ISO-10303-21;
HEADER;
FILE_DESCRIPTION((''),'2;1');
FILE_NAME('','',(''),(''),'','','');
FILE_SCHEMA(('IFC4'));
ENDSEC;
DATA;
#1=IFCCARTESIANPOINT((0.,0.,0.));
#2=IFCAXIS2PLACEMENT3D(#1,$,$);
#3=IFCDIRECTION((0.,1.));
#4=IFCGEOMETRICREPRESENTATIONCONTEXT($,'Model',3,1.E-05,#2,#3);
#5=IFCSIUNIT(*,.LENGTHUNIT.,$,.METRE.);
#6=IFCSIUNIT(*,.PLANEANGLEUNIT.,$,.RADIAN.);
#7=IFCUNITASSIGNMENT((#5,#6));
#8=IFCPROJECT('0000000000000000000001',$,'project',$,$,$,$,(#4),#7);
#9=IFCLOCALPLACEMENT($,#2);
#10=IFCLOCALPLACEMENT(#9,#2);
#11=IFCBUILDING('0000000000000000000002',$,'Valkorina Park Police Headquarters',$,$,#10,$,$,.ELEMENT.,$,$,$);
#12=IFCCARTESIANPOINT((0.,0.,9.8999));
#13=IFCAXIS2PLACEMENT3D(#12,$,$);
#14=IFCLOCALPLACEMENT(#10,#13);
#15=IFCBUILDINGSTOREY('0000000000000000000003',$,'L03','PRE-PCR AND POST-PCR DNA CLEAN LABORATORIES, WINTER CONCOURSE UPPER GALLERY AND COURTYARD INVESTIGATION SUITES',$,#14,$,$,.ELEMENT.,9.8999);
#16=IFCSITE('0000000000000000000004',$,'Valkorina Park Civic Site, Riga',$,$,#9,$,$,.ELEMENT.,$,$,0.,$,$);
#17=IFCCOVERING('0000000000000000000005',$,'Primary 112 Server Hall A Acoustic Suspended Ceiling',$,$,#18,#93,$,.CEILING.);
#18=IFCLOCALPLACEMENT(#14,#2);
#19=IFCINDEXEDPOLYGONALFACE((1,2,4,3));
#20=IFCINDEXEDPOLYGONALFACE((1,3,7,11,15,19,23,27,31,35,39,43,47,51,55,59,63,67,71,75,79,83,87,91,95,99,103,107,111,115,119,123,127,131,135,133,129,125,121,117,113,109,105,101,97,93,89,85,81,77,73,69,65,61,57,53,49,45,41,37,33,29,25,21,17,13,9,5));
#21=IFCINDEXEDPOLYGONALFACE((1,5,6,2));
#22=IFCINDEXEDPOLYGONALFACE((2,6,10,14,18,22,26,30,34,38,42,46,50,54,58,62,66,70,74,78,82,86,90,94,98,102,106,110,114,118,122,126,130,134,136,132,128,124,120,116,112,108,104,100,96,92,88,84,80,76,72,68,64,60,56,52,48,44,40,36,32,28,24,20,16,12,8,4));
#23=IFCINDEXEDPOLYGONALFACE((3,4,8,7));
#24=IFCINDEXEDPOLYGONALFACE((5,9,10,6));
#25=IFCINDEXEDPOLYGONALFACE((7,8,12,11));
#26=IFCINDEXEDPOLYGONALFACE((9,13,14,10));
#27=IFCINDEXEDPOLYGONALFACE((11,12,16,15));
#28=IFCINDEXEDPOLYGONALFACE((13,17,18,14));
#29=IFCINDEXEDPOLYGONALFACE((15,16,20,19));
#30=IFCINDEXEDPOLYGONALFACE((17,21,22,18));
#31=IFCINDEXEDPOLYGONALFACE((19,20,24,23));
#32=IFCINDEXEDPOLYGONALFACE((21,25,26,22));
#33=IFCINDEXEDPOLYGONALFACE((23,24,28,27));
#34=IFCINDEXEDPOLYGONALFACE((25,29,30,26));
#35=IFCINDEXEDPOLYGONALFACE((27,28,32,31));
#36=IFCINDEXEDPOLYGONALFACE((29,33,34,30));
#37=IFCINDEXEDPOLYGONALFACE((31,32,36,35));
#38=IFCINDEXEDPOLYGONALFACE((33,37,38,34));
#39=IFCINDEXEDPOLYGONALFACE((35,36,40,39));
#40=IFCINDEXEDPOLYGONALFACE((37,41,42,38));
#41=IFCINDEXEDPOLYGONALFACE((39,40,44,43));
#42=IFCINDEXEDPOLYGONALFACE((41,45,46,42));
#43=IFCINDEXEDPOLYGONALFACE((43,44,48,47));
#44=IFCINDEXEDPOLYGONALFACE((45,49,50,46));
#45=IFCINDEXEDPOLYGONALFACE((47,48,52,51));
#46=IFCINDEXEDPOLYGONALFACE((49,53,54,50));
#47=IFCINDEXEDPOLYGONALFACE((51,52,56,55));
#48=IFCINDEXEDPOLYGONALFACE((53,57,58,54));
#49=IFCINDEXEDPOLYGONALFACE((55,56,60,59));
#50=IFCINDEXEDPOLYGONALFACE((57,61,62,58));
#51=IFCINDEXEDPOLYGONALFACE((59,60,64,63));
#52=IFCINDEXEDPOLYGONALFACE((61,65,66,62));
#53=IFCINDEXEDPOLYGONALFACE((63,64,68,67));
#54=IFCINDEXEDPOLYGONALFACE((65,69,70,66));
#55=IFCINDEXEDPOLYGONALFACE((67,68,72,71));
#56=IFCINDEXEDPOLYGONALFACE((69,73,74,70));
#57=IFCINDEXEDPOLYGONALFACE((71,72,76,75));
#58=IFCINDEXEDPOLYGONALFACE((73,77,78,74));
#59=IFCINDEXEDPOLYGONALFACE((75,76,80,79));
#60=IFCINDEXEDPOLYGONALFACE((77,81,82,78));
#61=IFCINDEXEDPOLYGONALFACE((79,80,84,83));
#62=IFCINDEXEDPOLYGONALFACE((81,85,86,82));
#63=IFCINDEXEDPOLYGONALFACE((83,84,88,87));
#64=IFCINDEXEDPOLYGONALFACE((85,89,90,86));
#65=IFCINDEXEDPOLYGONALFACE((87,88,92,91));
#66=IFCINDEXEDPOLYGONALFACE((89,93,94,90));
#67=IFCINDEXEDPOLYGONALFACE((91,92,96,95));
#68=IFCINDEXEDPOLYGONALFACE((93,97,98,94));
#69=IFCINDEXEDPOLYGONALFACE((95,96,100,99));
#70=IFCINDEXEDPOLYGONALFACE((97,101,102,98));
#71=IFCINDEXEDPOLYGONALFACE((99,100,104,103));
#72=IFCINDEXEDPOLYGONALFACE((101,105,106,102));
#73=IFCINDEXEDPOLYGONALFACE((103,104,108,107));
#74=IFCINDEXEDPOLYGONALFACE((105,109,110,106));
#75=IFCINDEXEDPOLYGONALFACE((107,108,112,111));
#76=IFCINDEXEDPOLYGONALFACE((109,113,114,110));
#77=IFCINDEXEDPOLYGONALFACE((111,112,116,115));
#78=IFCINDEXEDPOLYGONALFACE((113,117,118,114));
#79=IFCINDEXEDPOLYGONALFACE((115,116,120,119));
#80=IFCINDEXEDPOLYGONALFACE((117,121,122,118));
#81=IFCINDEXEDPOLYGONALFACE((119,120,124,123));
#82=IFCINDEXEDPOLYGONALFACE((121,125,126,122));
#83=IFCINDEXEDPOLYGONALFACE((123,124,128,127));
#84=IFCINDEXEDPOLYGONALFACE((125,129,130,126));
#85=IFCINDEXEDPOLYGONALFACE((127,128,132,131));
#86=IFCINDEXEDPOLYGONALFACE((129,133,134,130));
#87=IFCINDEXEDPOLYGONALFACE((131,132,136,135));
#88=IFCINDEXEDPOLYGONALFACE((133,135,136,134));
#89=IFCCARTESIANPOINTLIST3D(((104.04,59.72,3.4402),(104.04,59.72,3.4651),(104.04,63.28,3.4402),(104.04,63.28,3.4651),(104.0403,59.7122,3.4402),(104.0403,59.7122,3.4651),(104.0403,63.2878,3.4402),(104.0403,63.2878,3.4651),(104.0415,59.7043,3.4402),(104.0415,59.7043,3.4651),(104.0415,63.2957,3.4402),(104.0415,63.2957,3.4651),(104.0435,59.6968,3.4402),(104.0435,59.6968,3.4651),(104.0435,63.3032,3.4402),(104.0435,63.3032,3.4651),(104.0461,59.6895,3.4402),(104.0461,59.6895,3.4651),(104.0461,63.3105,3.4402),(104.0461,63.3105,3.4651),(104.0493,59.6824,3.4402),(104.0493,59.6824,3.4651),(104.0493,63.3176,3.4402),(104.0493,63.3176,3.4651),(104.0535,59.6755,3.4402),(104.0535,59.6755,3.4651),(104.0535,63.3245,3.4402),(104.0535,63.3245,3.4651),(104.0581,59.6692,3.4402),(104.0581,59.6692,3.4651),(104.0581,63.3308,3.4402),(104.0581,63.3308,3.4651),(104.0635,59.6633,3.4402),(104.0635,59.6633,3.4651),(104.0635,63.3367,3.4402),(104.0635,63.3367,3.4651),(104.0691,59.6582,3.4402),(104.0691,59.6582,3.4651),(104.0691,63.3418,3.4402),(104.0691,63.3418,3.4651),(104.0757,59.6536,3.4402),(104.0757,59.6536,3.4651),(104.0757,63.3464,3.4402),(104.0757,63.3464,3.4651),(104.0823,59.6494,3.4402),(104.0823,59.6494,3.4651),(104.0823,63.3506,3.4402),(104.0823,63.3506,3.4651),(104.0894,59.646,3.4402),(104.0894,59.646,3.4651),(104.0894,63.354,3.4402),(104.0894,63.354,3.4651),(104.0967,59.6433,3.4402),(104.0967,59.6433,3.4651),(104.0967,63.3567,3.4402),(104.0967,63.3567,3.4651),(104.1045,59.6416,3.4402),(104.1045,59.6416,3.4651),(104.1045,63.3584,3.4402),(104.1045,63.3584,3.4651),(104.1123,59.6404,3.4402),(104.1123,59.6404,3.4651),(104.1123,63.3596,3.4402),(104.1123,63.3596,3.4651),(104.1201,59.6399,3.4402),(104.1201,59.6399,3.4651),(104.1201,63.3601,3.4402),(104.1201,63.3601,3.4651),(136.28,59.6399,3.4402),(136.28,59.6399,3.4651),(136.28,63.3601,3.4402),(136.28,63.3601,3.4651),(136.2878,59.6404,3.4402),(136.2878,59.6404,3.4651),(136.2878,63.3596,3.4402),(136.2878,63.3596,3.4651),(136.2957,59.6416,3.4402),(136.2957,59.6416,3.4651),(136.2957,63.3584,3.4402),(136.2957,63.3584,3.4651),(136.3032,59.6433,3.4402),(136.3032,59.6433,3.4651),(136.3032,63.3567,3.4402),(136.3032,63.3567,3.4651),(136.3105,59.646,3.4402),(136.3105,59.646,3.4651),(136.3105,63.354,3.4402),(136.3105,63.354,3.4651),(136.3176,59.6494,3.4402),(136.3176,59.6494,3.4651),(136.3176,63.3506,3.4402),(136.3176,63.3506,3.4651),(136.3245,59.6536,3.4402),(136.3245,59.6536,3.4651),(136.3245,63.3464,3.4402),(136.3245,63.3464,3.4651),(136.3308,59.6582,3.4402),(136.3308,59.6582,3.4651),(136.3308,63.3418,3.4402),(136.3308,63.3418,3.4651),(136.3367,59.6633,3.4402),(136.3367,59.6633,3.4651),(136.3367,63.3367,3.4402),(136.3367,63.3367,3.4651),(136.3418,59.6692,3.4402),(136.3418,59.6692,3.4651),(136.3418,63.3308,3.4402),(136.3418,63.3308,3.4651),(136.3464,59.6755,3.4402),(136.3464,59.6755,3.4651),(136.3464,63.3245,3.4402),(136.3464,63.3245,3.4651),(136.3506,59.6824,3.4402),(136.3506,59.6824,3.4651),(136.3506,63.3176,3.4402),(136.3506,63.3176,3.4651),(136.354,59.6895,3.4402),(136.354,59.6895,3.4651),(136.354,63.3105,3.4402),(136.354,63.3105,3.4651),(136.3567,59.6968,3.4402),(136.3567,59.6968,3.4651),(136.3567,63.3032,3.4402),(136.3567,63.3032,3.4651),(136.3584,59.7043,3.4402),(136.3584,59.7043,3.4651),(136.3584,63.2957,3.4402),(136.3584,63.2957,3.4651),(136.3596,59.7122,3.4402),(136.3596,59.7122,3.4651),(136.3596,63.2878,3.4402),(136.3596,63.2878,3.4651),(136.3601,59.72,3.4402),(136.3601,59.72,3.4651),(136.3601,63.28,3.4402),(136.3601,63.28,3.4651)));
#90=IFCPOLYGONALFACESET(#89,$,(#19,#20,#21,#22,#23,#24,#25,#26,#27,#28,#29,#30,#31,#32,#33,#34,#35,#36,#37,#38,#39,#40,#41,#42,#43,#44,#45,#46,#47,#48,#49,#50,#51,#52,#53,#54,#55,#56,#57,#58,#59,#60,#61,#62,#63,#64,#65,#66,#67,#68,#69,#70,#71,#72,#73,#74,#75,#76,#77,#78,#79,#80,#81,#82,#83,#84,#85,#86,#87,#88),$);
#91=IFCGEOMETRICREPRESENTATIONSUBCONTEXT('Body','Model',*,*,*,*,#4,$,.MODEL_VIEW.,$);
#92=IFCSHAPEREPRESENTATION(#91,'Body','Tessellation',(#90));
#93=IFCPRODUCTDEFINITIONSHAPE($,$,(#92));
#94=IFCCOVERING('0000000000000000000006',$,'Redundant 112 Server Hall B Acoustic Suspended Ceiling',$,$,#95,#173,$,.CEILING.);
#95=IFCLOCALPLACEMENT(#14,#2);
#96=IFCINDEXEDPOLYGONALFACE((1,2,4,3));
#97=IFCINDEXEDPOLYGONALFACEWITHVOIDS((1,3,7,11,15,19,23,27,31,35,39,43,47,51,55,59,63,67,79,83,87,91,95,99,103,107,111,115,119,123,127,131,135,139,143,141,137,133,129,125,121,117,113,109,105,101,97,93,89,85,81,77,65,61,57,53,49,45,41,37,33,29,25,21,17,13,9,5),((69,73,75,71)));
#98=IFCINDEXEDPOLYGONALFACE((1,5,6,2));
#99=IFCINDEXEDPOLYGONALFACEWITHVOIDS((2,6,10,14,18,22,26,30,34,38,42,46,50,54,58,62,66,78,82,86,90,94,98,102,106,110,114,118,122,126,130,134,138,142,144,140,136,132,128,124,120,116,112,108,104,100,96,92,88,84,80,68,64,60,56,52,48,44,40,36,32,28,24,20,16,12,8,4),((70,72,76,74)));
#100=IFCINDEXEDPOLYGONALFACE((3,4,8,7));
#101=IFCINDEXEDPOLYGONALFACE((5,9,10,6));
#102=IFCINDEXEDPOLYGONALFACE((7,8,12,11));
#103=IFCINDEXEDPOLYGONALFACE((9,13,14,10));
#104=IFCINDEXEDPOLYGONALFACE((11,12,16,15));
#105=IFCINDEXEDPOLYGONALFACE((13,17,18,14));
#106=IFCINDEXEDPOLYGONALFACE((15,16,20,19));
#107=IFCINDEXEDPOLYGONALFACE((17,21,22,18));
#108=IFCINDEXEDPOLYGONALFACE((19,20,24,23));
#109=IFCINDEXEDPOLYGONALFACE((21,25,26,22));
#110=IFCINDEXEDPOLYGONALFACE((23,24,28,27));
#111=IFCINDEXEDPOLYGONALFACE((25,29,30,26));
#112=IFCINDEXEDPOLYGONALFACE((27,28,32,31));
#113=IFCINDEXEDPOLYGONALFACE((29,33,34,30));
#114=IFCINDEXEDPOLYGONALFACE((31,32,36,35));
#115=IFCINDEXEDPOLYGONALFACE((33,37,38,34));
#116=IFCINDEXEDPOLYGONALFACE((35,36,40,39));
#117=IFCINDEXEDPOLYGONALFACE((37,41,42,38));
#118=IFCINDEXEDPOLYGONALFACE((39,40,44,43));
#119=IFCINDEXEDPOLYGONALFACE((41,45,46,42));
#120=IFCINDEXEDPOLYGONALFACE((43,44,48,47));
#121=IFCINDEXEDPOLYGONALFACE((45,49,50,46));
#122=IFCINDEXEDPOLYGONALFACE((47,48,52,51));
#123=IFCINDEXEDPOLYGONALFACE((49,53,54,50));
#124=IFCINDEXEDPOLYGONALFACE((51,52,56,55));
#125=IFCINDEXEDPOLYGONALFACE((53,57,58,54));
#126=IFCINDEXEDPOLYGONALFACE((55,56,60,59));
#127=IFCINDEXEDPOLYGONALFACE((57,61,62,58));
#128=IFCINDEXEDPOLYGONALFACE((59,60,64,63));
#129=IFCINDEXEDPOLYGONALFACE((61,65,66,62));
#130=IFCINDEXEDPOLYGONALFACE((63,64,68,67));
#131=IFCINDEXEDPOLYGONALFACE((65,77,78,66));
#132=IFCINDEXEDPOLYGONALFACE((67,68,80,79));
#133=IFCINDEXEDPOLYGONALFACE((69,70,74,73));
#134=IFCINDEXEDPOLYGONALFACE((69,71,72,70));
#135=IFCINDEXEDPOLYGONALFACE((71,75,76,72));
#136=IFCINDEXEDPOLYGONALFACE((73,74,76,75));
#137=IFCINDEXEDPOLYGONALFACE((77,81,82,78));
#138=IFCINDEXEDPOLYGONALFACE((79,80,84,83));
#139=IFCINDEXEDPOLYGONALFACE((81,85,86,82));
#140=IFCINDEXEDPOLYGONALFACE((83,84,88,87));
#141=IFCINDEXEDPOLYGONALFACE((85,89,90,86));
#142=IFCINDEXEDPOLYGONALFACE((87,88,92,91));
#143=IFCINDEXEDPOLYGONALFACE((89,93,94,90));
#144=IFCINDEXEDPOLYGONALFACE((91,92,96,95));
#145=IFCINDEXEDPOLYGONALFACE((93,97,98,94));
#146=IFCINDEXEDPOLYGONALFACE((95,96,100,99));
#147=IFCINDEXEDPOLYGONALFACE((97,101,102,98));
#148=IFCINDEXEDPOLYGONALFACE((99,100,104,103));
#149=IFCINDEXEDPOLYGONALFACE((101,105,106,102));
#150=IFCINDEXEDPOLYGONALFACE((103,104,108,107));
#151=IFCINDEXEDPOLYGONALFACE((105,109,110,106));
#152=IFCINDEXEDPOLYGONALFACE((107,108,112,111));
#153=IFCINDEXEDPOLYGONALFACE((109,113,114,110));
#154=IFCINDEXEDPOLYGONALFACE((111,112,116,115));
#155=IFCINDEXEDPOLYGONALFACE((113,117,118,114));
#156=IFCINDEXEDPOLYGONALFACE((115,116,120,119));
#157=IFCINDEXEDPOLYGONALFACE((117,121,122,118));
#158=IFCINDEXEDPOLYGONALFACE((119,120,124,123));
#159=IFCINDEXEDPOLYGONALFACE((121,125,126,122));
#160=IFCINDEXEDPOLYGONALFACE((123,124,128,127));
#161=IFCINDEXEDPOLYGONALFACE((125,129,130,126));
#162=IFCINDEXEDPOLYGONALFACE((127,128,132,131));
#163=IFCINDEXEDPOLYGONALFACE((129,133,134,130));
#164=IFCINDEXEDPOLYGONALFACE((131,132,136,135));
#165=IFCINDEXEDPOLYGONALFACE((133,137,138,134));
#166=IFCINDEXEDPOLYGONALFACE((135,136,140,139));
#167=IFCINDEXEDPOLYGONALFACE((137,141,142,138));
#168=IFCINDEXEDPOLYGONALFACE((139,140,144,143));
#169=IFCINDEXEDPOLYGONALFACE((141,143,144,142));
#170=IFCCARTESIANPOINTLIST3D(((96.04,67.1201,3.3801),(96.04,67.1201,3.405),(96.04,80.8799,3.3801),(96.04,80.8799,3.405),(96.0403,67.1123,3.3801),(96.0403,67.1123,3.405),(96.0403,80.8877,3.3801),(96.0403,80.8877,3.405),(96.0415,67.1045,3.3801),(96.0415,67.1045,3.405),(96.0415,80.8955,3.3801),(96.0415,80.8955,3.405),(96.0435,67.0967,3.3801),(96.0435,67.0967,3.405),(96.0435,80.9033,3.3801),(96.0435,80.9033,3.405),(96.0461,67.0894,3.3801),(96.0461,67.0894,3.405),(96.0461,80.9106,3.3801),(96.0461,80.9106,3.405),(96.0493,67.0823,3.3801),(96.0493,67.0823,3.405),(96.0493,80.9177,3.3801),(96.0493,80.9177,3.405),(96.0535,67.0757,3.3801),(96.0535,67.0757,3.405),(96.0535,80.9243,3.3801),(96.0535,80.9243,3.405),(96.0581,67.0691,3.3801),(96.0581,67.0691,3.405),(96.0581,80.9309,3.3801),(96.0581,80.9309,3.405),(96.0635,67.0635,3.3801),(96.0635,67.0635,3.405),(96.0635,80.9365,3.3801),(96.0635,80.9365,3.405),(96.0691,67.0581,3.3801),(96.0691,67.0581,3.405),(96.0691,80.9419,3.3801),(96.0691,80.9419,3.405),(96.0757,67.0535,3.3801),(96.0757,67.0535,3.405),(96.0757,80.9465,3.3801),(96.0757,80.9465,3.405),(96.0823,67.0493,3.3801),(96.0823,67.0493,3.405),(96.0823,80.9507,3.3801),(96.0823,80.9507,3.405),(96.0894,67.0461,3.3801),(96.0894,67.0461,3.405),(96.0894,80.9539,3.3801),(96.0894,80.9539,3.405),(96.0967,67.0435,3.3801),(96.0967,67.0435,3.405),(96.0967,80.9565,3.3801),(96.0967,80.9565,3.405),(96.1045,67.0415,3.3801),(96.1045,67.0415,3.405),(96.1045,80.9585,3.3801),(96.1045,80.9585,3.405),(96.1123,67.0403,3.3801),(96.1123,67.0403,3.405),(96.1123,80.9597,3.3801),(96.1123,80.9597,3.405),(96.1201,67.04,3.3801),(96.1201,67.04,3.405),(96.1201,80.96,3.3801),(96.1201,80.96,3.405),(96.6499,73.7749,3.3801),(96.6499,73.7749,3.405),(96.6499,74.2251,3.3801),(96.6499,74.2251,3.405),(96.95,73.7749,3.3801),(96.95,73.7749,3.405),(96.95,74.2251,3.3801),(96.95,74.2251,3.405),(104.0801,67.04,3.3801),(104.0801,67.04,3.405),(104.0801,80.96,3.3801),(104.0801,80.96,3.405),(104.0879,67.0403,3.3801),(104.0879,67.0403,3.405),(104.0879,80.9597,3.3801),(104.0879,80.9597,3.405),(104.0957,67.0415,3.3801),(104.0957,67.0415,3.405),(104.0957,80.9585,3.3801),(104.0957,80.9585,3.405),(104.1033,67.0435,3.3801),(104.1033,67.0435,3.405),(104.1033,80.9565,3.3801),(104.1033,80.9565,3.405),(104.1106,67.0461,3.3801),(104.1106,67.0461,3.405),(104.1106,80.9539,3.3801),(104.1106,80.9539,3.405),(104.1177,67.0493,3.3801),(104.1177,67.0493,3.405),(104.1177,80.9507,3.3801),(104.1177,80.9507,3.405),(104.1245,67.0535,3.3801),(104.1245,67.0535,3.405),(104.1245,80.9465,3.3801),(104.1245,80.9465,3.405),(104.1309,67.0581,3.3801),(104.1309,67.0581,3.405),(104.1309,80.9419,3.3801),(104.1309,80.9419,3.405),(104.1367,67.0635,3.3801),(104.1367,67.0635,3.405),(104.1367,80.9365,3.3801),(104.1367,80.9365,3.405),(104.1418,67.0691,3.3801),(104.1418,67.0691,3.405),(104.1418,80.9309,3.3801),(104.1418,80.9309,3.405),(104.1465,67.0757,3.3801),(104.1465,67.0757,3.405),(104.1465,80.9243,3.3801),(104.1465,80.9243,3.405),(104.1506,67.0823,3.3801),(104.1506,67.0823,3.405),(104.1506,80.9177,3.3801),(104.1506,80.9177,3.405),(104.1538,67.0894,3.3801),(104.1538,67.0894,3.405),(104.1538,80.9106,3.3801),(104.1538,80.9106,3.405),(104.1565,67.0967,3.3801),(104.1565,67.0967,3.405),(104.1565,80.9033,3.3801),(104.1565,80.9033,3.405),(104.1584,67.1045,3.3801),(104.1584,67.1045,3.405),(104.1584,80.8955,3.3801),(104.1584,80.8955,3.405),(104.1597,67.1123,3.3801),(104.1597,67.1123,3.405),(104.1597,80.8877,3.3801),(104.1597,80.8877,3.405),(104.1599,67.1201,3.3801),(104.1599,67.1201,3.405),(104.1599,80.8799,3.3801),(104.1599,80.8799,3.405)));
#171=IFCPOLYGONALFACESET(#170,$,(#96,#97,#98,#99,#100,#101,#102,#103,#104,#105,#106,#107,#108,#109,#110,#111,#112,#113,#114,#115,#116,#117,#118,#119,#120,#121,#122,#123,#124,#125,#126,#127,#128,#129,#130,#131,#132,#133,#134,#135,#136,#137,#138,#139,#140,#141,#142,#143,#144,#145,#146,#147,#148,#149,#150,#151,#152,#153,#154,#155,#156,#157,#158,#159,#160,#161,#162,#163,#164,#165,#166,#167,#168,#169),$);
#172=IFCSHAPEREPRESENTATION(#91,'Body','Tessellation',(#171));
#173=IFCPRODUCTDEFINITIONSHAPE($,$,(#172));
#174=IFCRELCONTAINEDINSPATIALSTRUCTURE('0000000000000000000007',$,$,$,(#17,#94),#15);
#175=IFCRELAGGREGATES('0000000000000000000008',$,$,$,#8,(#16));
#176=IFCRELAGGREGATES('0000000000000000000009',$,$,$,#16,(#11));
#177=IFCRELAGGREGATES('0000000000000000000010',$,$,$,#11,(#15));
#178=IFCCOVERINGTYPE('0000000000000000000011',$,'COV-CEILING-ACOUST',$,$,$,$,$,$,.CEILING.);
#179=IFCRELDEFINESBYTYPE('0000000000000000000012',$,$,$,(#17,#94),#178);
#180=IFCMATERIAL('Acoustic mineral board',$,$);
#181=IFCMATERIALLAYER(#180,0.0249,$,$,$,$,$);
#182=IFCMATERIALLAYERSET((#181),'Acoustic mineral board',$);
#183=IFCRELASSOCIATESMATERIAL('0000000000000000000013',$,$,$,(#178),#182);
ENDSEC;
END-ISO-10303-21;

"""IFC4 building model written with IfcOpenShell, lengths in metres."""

from ifc_helpers import new_model, si_unit, direction, frame, origin, place, context, subcontext, project, spatial, polyline, outline, extrude, material, layer, layer_set, type_object, element, save


model = new_model("IFC4")

# Units and contexts
model_context = context("Model", 3, precision=1e-05, world=origin(), true_north=direction((0.0, 1.0)))
body_context = subcontext(model_context, "Body", "Model", "MODEL_VIEW")
ifc_project = project(units=[si_unit("LENGTHUNIT", "METRE"), si_unit("PLANEANGLEUNIT", "RADIAN")], contexts=[model_context])

# Site, building, storey
site_placement = place(None, origin())
site = spatial("IfcSite", under=ifc_project, at=site_placement, Name="Valkorina Park Civic Site, Riga", CompositionType="ELEMENT", RefElevation=0.0)
building_placement = place(site_placement, origin())
building = spatial("IfcBuilding", under=site, at=building_placement, Name="Valkorina Park Police Headquarters", CompositionType="ELEMENT")
storey_placement = place(building_placement, frame((0.0, 0.0, 9.8999)))
storey = spatial("IfcBuildingStorey", under=building, at=storey_placement, Name="L03", Description="PRE-PCR AND POST-PCR DNA CLEAN LABORATORIES, WINTER CONCOURSE UPPER GALLERY AND COURTYARD INVESTIGATION SUITES", CompositionType="ELEMENT", Elevation=9.8999)

# Coverings
ifc_material_1 = material(Name="Acoustic mineral board")
ifc_layer_1 = layer(ifc_material_1, 0.0249)
ifc_layer_set_1 = layer_set([ifc_layer_1], Name="Acoustic mineral board")
covering_type_1 = type_object("IfcCoveringType", Name="COV-CEILING-ACOUST", PredefinedType="CEILING", material=ifc_layer_set_1)
covering_1_placement = place(storey_placement, frame((0.0, 0.0, 3.4402)))
element("IfcCovering", 1, at=covering_1_placement, inside=storey, type_object=covering_type_1, Name="Primary 112 Server Hall A Acoustic Suspended Ceiling", PredefinedType="CEILING", context=body_context, shape_type="SweptSolid", body=[
    extrude(outline(polyline([(136.3584, 59.7043), (136.3596, 59.7122), (136.3601, 59.72), (136.3601, 63.28), (136.3596, 63.2878), (136.3584, 63.2957), (136.3567, 63.3032), (136.354, 63.3105), (136.3506, 63.3176), (136.3464, 63.3245), (136.3418, 63.3308), (136.3367, 63.3367), (136.3308, 63.3418), (136.3245, 63.3464), (136.3176, 63.3506), (136.3105, 63.354), (136.3032, 63.3567), (136.2957, 63.3584), (136.2878, 63.3596), (136.28, 63.3601), (104.1201, 63.3601), (104.1123, 63.3596), (104.1045, 63.3584), (104.0967, 63.3567), (104.0894, 63.354), (104.0823, 63.3506), (104.0757, 63.3464), (104.0691, 63.3418), (104.0635, 63.3367), (104.0581, 63.3308), (104.0535, 63.3245), (104.0493, 63.3176), (104.0461, 63.3105), (104.0435, 63.3032), (104.0415, 63.2957), (104.0403, 63.2878), (104.04, 63.28), (104.04, 59.72), (104.0403, 59.7122), (104.0415, 59.7043), (104.0435, 59.6968), (104.0461, 59.6895), (104.0493, 59.6824), (104.0535, 59.6755), (104.0581, 59.6692), (104.0635, 59.6633), (104.0691, 59.6582), (104.0757, 59.6536), (104.0823, 59.6494), (104.0894, 59.646), (104.0967, 59.6433), (104.1045, 59.6416), (104.1123, 59.6404), (104.1201, 59.6399), (136.28, 59.6399), (136.2878, 59.6404), (136.2957, 59.6416), (136.3032, 59.6433), (136.3105, 59.646), (136.3176, 59.6494), (136.3245, 59.6536), (136.3308, 59.6582), (136.3367, 59.6633), (136.3418, 59.6692), (136.3464, 59.6755), (136.3506, 59.6824), (136.354, 59.6895), (136.3567, 59.6968), (136.3584, 59.7043)])), origin(), (0.0, 0.0, 1.0), 0.0249),
])
covering_2_placement = place(storey_placement, frame((0.0, 0.0, 3.3801)))
element("IfcCovering", 2, at=covering_2_placement, inside=storey, type_object=covering_type_1, Name="Redundant 112 Server Hall B Acoustic Suspended Ceiling", PredefinedType="CEILING", context=body_context, shape_type="SweptSolid", body=[
    extrude(outline(polyline([(104.1584, 67.1045), (104.1597, 67.1123), (104.1599, 67.1201), (104.1599, 80.8799), (104.1597, 80.8877), (104.1584, 80.8955), (104.1565, 80.9033), (104.1538, 80.9106), (104.1506, 80.9177), (104.1465, 80.9243), (104.1418, 80.9309), (104.1367, 80.9365), (104.1309, 80.9419), (104.1245, 80.9465), (104.1177, 80.9507), (104.1106, 80.9539), (104.1033, 80.9565), (104.0957, 80.9585), (104.0879, 80.9597), (104.0801, 80.96), (96.1201, 80.96), (96.1123, 80.9597), (96.1045, 80.9585), (96.0967, 80.9565), (96.0894, 80.9539), (96.0823, 80.9507), (96.0757, 80.9465), (96.0691, 80.9419), (96.0635, 80.9365), (96.0581, 80.9309), (96.0535, 80.9243), (96.0493, 80.9177), (96.0461, 80.9106), (96.0435, 80.9033), (96.0415, 80.8955), (96.0403, 80.8877), (96.04, 80.8799), (96.04, 67.1201), (96.0403, 67.1123), (96.0415, 67.1045), (96.0435, 67.0967), (96.0461, 67.0894), (96.0493, 67.0823), (96.0535, 67.0757), (96.0581, 67.0691), (96.0635, 67.0635), (96.0691, 67.0581), (96.0757, 67.0535), (96.0823, 67.0493), (96.0894, 67.0461), (96.0967, 67.0435), (96.1045, 67.0415), (96.1123, 67.0403), (96.1201, 67.04), (104.0801, 67.04), (104.0879, 67.0403), (104.0957, 67.0415), (104.1033, 67.0435), (104.1106, 67.0461), (104.1177, 67.0493), (104.1245, 67.0535), (104.1309, 67.0581), (104.1367, 67.0635), (104.1418, 67.0691), (104.1465, 67.0757), (104.1506, 67.0823), (104.1538, 67.0894), (104.1565, 67.0967), (104.1584, 67.1045)]), holes=[polyline([(96.95, 74.2251), (96.95, 73.7749), (96.6499, 73.7749), (96.6499, 74.2251), (96.95, 74.2251)])]), origin(), (0.0, 0.0, 1.0), 0.0249),
])

save(model, "model.ifc")
